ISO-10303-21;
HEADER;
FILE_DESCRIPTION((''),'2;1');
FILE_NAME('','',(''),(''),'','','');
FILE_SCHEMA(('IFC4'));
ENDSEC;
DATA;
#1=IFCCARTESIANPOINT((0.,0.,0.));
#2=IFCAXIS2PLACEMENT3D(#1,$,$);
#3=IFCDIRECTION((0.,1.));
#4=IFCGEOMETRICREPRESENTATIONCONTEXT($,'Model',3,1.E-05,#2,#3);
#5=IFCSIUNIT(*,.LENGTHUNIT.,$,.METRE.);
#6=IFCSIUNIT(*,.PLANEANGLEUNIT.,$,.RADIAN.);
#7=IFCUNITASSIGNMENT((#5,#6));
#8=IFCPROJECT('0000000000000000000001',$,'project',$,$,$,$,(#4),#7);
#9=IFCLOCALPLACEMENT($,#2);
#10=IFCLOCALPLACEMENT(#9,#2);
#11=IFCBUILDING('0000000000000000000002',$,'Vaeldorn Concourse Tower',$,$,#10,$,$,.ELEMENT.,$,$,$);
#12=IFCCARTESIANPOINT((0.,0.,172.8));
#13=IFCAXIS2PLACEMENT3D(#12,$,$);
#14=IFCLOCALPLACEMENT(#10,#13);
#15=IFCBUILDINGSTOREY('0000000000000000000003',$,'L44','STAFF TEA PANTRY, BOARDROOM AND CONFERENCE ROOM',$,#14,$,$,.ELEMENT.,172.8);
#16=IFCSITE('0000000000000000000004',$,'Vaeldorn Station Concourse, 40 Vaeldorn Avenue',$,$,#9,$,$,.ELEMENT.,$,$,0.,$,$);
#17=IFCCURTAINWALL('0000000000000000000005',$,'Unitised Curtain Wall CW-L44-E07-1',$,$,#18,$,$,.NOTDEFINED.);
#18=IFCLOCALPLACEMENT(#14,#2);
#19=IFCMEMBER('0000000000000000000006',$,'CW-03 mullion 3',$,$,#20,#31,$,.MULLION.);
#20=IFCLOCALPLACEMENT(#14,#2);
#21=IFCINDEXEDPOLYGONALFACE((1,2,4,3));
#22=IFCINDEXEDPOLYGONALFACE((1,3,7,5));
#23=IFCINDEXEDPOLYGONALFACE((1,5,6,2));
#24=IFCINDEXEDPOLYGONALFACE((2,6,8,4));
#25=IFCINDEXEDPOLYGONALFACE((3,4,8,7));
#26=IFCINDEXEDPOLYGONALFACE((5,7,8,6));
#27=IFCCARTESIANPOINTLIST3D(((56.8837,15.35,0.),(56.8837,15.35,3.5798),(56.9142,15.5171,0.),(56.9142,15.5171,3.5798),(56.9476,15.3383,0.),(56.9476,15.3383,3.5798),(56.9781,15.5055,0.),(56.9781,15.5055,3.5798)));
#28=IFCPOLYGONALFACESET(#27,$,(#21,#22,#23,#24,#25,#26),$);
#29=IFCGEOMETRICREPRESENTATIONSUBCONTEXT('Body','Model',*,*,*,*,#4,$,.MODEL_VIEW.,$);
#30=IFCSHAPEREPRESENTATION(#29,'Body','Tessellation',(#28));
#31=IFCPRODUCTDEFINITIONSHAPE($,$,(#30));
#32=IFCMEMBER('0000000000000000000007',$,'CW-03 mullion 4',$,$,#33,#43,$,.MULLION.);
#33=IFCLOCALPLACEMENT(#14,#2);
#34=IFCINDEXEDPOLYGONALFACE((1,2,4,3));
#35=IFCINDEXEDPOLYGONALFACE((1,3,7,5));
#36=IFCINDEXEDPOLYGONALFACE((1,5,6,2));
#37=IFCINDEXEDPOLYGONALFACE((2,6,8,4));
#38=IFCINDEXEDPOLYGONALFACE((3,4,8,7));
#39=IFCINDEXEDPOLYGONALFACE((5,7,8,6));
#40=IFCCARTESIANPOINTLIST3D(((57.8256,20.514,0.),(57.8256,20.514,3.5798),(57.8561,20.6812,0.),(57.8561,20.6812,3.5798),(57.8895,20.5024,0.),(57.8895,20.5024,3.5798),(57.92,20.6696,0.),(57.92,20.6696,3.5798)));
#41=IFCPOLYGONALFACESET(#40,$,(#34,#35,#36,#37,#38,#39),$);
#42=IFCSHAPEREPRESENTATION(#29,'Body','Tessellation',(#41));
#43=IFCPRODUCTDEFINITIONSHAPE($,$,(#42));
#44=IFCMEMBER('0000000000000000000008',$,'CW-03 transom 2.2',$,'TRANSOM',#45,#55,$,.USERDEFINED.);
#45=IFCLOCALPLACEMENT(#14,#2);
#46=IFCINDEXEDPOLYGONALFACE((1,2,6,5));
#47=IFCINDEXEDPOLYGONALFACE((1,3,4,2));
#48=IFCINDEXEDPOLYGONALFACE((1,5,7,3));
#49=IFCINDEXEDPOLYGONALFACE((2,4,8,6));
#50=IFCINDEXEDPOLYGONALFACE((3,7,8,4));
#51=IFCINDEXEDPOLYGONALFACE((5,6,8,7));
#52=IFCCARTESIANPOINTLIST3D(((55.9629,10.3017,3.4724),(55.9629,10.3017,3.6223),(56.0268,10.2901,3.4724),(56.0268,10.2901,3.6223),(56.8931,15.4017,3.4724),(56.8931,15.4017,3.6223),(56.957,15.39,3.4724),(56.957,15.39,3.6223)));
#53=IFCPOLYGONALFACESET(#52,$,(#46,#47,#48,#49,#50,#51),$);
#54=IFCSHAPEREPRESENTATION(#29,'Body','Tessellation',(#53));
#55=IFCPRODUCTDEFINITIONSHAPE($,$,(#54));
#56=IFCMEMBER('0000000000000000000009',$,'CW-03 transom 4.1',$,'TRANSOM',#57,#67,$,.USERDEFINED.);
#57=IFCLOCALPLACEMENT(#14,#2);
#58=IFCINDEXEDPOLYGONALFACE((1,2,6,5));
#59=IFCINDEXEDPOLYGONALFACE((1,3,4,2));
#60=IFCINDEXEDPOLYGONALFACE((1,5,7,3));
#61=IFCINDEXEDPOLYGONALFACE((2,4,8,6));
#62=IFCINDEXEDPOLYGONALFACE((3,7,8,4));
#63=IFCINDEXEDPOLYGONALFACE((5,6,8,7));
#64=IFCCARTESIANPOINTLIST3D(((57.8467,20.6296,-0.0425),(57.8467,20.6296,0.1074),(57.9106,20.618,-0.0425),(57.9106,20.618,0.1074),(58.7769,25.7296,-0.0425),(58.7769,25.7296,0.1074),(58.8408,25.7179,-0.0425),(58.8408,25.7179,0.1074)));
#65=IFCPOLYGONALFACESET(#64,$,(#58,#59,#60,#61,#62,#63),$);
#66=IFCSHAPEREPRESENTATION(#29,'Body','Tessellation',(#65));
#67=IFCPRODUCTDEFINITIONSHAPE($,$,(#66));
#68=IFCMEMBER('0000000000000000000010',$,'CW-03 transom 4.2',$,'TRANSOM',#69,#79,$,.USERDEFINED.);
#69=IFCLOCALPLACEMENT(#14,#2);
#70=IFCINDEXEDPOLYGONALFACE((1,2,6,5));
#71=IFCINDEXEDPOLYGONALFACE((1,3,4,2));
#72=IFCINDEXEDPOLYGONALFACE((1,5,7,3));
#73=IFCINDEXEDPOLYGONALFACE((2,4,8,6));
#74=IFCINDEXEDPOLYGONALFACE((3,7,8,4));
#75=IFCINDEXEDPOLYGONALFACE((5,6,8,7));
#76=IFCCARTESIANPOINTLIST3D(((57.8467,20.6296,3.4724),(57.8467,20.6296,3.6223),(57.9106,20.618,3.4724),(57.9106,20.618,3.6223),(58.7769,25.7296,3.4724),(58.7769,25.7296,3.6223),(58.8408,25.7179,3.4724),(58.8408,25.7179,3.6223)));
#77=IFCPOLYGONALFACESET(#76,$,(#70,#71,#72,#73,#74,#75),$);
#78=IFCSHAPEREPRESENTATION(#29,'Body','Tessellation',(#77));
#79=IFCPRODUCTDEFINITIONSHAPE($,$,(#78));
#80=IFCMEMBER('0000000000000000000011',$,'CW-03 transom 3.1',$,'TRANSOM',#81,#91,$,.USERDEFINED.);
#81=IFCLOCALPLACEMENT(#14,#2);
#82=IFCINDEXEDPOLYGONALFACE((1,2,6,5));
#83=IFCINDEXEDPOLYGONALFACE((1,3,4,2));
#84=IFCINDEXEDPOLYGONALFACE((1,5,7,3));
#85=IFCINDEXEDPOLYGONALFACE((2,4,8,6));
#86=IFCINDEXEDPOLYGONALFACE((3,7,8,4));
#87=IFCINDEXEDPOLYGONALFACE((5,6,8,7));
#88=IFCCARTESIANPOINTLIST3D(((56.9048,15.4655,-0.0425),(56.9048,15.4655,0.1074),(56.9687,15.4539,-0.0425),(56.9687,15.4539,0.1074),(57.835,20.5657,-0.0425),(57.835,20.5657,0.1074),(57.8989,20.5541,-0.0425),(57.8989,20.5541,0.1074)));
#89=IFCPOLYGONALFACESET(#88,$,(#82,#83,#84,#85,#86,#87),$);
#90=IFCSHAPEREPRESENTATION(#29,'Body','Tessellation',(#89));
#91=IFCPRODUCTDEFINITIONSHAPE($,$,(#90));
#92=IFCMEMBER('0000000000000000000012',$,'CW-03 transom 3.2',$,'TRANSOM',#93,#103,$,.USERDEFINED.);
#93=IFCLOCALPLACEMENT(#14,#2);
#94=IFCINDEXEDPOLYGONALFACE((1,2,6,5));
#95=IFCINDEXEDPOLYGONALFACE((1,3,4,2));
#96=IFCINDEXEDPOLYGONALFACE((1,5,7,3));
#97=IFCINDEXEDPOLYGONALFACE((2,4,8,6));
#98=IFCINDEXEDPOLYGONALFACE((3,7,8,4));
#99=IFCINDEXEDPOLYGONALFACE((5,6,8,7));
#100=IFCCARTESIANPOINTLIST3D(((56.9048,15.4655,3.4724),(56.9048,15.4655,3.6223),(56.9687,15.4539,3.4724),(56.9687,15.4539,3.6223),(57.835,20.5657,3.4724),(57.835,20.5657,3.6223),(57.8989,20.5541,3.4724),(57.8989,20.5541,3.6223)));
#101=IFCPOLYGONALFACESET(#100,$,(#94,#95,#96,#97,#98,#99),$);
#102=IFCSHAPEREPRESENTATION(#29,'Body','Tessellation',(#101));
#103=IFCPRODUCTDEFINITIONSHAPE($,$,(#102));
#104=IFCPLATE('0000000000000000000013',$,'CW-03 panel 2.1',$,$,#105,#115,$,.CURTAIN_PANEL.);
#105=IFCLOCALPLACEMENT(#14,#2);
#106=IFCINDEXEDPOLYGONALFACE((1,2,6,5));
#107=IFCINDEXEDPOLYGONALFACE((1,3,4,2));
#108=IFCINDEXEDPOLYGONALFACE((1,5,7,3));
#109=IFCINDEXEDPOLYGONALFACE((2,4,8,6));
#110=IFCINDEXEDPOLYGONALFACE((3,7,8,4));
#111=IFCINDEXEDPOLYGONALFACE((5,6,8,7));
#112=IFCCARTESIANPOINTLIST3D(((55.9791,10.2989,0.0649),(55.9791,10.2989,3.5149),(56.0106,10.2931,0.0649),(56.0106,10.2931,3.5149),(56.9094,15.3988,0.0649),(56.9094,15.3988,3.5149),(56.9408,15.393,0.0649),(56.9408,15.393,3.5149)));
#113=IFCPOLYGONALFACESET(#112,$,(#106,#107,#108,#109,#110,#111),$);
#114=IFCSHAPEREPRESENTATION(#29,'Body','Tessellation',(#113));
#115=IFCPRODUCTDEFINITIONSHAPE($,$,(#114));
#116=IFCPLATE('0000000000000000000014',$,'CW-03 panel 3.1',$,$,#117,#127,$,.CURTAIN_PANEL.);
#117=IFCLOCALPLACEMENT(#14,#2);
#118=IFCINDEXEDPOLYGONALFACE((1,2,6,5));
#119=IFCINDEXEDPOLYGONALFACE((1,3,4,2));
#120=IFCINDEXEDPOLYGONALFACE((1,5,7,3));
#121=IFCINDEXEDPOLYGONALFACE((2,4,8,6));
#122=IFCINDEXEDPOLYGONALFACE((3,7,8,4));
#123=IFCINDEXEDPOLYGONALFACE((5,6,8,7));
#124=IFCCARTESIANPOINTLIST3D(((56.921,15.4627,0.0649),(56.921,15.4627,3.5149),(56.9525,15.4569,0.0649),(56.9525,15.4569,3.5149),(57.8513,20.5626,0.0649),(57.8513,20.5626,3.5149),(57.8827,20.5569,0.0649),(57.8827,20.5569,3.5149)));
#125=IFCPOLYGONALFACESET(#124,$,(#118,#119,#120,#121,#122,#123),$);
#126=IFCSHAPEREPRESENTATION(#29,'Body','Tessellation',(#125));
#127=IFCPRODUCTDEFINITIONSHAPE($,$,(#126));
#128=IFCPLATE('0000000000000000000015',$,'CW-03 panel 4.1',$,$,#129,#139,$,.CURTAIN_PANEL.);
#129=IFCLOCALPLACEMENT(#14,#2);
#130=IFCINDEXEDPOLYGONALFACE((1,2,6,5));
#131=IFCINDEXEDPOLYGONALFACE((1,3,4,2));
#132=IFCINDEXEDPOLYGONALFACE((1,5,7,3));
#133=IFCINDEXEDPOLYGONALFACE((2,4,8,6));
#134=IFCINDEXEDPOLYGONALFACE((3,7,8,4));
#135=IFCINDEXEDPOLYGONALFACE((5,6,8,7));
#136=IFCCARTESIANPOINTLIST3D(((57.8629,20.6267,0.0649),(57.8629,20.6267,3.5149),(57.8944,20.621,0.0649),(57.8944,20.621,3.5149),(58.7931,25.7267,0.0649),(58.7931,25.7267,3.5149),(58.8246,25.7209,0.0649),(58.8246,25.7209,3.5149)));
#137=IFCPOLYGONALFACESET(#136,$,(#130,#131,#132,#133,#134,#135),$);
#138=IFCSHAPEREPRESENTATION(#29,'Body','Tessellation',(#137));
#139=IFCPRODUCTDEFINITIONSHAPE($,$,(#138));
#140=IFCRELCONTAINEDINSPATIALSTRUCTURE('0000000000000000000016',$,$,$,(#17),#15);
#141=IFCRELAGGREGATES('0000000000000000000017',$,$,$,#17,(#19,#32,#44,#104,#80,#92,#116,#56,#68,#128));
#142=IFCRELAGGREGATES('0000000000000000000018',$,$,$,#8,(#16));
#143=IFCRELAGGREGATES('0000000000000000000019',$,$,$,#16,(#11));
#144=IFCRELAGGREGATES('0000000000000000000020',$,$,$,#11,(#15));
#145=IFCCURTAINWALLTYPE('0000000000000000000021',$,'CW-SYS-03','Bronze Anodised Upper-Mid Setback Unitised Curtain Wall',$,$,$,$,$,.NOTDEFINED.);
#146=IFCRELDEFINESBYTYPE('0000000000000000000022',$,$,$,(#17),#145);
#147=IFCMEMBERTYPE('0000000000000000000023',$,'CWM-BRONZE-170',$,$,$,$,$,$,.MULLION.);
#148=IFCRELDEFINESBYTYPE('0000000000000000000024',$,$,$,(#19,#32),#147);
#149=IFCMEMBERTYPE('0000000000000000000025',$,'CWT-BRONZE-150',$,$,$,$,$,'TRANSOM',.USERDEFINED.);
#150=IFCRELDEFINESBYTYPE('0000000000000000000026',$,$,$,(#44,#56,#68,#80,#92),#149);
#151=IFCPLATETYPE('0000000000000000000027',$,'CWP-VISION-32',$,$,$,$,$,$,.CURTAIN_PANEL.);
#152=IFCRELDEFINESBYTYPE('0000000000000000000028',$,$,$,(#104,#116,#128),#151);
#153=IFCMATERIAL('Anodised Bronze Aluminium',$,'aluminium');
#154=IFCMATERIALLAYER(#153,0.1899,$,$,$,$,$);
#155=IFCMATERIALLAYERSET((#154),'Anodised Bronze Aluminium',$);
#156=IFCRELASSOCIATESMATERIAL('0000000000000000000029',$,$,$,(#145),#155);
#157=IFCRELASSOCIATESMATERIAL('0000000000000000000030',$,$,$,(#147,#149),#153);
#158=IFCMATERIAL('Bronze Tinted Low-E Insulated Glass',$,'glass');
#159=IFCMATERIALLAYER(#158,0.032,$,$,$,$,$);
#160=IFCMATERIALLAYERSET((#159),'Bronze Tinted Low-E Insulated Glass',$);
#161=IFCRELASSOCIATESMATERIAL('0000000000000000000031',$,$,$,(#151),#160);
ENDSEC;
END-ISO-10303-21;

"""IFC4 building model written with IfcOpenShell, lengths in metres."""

from ifc_helpers import new_model, si_unit, direction, frame, origin, origin_2d, place, context, subcontext, project, spatial, rectangle, extrude, source, transform, mapped, material, layer, layer_set, material_profile, profile_set, type_object, element, aggregate, save


model = new_model("IFC4")

# Units and contexts
model_context = context("Model", 3, precision=1e-05, world=origin(), true_north=direction((0.0, 1.0)))
body_context = subcontext(model_context, "Body", "Model", "MODEL_VIEW")
ifc_project = project(units=[si_unit("LENGTHUNIT", "METRE"), si_unit("PLANEANGLEUNIT", "RADIAN")], contexts=[model_context])

# Site, building, storey
site_placement = place(None, origin())
site = spatial("IfcSite", under=ifc_project, at=site_placement, Name="Vaeldorn Station Concourse, 40 Vaeldorn Avenue", CompositionType="ELEMENT", RefElevation=0.0)
building_placement = place(site_placement, origin())
building = spatial("IfcBuilding", under=site, at=building_placement, Name="Vaeldorn Concourse Tower", CompositionType="ELEMENT")
storey_placement = place(building_placement, frame((0.0, 0.0, 172.8)))
storey = spatial("IfcBuildingStorey", under=building, at=storey_placement, Name="L44", Description="STAFF TEA PANTRY, BOARDROOM AND CONFERENCE ROOM", CompositionType="ELEMENT", Elevation=172.8)

# Curtain wall, members, plates
ifc_material_1 = material(Name="Anodised Bronze Aluminium", Category="aluminium")
ifc_layer_1 = layer(ifc_material_1, 0.1899)
ifc_layer_set_1 = layer_set([ifc_layer_1], Name="Anodised Bronze Aluminium")
curtain_wall_type = type_object("IfcCurtainWallType", Name="CW-SYS-03", Description="Bronze Anodised Upper-Mid Setback Unitised Curtain Wall", PredefinedType="NOTDEFINED", material=ifc_layer_set_1)
curtain_wall_placement = place(storey_placement, origin())
curtain_wall = element("IfcCurtainWall", 1, at=curtain_wall_placement, inside=storey, type_object=curtain_wall_type, Name="Unitised Curtain Wall CW-L44-E07-1", PredefinedType="NOTDEFINED")
ifc_material_profile_1 = material_profile(ifc_material_1, rectangle(XDim=0.0649, YDim=0.1699, at=origin_2d()), Name="CWM 65x170")
ifc_profile_set_1 = profile_set([ifc_material_profile_1], Name="Anodised Bronze Aluminium")
member_type_1 = type_object("IfcMemberType", Name="CWM-BRONZE-170", PredefinedType="MULLION", material=ifc_profile_set_1)
shared_shape_1 = source(origin(), body_context, "Body", "SweptSolid", [
    extrude(rectangle(XDim=0.0649, YDim=0.1699, at=origin_2d()), origin(), (0.0, 0.0, 1.0), 3.5798),
])
member_1_placement = place(storey_placement, frame((56.9309, 15.4277, 0.0), z_axis=(0.0, 0.0, 1.0), x_axis=(-0.983768, 0.179446, 0.0)))
member_1 = element("IfcMember", 2, at=member_1_placement, type_object=member_type_1, Name="CW-03 mullion 3", PredefinedType="MULLION", context=body_context, shape_type="MappedRepresentation", body=[
    mapped(shared_shape_1, transform((0.0, 0.0, 0.0), scale=1.0)),
])
member_2_placement = place(storey_placement, frame((57.8728, 20.5918, 0.0), z_axis=(0.0, 0.0, 1.0), x_axis=(-0.983768, 0.179446, 0.0)))
member_2 = element("IfcMember", 3, at=member_2_placement, type_object=member_type_1, Name="CW-03 mullion 4", PredefinedType="MULLION", context=body_context, shape_type="MappedRepresentation", body=[
    mapped(shared_shape_1, transform((0.0, 0.0, 0.0), scale=1.0)),
])
ifc_material_profile_2 = material_profile(ifc_material_1, rectangle(XDim=0.0649, YDim=0.1499, at=origin_2d()), Name="CWT 65x150")
ifc_profile_set_2 = profile_set([ifc_material_profile_2], Name="Anodised Bronze Aluminium")
member_type_2 = type_object("IfcMemberType", Name="CWT-BRONZE-150", ElementType="TRANSOM", PredefinedType="USERDEFINED", material=ifc_profile_set_2)
shared_shape_2 = source(origin(), body_context, "Body", "SweptSolid", [
    extrude(rectangle(XDim=0.0649, YDim=0.1499, at=origin_2d()), origin(), (0.0, 0.0, 1.0), 5.1841),
])
member_3_placement = place(storey_placement, frame((55.9949, 10.2959, 3.5474), z_axis=(0.179432, 0.98377, 0.0), x_axis=(-0.98377, 0.179432, 0.0)))
member_3 = element("IfcMember", 4, at=member_3_placement, type_object=member_type_2, Name="CW-03 transom 2.2", ObjectType="TRANSOM", PredefinedType="USERDEFINED", context=body_context, shape_type="MappedRepresentation", body=[
    mapped(shared_shape_2, transform((0.0, 0.0, 0.0), scale=1.0)),
])
member_4_placement = place(storey_placement, frame((57.8787, 20.6238, 0.0325), z_axis=(0.179432, 0.98377, 0.0), x_axis=(-0.98377, 0.179432, 0.0)))
member_4 = element("IfcMember", 5, at=member_4_placement, type_object=member_type_2, Name="CW-03 transom 4.1", ObjectType="TRANSOM", PredefinedType="USERDEFINED", context=body_context, shape_type="MappedRepresentation", body=[
    mapped(shared_shape_2, transform((0.0, 0.0, 0.0), scale=1.0)),
])
member_5_placement = place(storey_placement, frame((57.8787, 20.6238, 3.5474), z_axis=(0.179432, 0.98377, 0.0), x_axis=(-0.98377, 0.179432, 0.0)))
member_5 = element("IfcMember", 6, at=member_5_placement, type_object=member_type_2, Name="CW-03 transom 4.2", ObjectType="TRANSOM", PredefinedType="USERDEFINED", context=body_context, shape_type="MappedRepresentation", body=[
    mapped(shared_shape_2, transform((0.0, 0.0, 0.0), scale=1.0)),
])
shared_shape_3 = source(origin(), body_context, "Body", "SweptSolid", [
    extrude(rectangle(XDim=0.0649, YDim=0.1499, at=origin_2d()), origin(), (0.0, 0.0, 1.0), 5.1843),
])
member_6_placement = place(storey_placement, frame((56.9368, 15.4597, 0.0325), z_axis=(0.179424, 0.983772, 0.0), x_axis=(-0.983772, 0.179424, 0.0)))
member_6 = element("IfcMember", 7, at=member_6_placement, type_object=member_type_2, Name="CW-03 transom 3.1", ObjectType="TRANSOM", PredefinedType="USERDEFINED", context=body_context, shape_type="MappedRepresentation", body=[
    mapped(shared_shape_3, transform((0.0, 0.0, 0.0), scale=1.0)),
])
member_7_placement = place(storey_placement, frame((56.9368, 15.4597, 3.5474), z_axis=(0.179424, 0.983772, 0.0), x_axis=(-0.983772, 0.179424, 0.0)))
member_7 = element("IfcMember", 8, at=member_7_placement, type_object=member_type_2, Name="CW-03 transom 3.2", ObjectType="TRANSOM", PredefinedType="USERDEFINED", context=body_context, shape_type="MappedRepresentation", body=[
    mapped(shared_shape_3, transform((0.0, 0.0, 0.0), scale=1.0)),
])
ifc_material_2 = material(Name="Bronze Tinted Low-E Insulated Glass", Category="glass")
ifc_layer_2 = layer(ifc_material_2, 0.032)
ifc_layer_set_2 = layer_set([ifc_layer_2], Name="Bronze Tinted Low-E Insulated Glass")
plate_type = type_object("IfcPlateType", Name="CWP-VISION-32", PredefinedType="CURTAIN_PANEL", material=ifc_layer_set_2)
shared_shape_4 = source(origin(), body_context, "Body", "SweptSolid", [
    extrude(rectangle(XDim=5.1841, YDim=0.032, at=origin_2d()), origin(), (0.0, 0.0, 1.0), 3.45),
])
plate_1_placement = place(storey_placement, frame((56.46, 12.8459, 0.0649), z_axis=(0.0, 0.0, 1.0), x_axis=(0.179446, 0.983768, 0.0)))
plate_1 = element("IfcPlate", 9, at=plate_1_placement, type_object=plate_type, Name="CW-03 panel 2.1", PredefinedType="CURTAIN_PANEL", context=body_context, shape_type="MappedRepresentation", body=[
    mapped(shared_shape_4, transform((0.0, 0.0, 0.0), scale=1.0)),
])
plate_2_placement = place(storey_placement, frame((57.4019, 18.0098, 0.0649), z_axis=(0.0, 0.0, 1.0), x_axis=(0.179446, 0.983768, 0.0)))
plate_2 = element("IfcPlate", 10, at=plate_2_placement, type_object=plate_type, Name="CW-03 panel 3.1", PredefinedType="CURTAIN_PANEL", context=body_context, shape_type="MappedRepresentation", body=[
    mapped(shared_shape_4, transform((0.0, 0.0, 0.0), scale=1.0)),
])
plate_3_placement = place(storey_placement, frame((58.3438, 23.1738, 0.0649), z_axis=(0.0, 0.0, 1.0), x_axis=(0.179446, 0.983768, 0.0)))
plate_3 = element("IfcPlate", 11, at=plate_3_placement, type_object=plate_type, Name="CW-03 panel 4.1", PredefinedType="CURTAIN_PANEL", context=body_context, shape_type="MappedRepresentation", body=[
    mapped(shared_shape_4, transform((0.0, 0.0, 0.0), scale=1.0)),
])
aggregate(curtain_wall, [member_1, member_2, member_3, plate_1, member_6, member_7, plate_2, member_4, member_5, plate_3])

save(model, "model.ifc")
